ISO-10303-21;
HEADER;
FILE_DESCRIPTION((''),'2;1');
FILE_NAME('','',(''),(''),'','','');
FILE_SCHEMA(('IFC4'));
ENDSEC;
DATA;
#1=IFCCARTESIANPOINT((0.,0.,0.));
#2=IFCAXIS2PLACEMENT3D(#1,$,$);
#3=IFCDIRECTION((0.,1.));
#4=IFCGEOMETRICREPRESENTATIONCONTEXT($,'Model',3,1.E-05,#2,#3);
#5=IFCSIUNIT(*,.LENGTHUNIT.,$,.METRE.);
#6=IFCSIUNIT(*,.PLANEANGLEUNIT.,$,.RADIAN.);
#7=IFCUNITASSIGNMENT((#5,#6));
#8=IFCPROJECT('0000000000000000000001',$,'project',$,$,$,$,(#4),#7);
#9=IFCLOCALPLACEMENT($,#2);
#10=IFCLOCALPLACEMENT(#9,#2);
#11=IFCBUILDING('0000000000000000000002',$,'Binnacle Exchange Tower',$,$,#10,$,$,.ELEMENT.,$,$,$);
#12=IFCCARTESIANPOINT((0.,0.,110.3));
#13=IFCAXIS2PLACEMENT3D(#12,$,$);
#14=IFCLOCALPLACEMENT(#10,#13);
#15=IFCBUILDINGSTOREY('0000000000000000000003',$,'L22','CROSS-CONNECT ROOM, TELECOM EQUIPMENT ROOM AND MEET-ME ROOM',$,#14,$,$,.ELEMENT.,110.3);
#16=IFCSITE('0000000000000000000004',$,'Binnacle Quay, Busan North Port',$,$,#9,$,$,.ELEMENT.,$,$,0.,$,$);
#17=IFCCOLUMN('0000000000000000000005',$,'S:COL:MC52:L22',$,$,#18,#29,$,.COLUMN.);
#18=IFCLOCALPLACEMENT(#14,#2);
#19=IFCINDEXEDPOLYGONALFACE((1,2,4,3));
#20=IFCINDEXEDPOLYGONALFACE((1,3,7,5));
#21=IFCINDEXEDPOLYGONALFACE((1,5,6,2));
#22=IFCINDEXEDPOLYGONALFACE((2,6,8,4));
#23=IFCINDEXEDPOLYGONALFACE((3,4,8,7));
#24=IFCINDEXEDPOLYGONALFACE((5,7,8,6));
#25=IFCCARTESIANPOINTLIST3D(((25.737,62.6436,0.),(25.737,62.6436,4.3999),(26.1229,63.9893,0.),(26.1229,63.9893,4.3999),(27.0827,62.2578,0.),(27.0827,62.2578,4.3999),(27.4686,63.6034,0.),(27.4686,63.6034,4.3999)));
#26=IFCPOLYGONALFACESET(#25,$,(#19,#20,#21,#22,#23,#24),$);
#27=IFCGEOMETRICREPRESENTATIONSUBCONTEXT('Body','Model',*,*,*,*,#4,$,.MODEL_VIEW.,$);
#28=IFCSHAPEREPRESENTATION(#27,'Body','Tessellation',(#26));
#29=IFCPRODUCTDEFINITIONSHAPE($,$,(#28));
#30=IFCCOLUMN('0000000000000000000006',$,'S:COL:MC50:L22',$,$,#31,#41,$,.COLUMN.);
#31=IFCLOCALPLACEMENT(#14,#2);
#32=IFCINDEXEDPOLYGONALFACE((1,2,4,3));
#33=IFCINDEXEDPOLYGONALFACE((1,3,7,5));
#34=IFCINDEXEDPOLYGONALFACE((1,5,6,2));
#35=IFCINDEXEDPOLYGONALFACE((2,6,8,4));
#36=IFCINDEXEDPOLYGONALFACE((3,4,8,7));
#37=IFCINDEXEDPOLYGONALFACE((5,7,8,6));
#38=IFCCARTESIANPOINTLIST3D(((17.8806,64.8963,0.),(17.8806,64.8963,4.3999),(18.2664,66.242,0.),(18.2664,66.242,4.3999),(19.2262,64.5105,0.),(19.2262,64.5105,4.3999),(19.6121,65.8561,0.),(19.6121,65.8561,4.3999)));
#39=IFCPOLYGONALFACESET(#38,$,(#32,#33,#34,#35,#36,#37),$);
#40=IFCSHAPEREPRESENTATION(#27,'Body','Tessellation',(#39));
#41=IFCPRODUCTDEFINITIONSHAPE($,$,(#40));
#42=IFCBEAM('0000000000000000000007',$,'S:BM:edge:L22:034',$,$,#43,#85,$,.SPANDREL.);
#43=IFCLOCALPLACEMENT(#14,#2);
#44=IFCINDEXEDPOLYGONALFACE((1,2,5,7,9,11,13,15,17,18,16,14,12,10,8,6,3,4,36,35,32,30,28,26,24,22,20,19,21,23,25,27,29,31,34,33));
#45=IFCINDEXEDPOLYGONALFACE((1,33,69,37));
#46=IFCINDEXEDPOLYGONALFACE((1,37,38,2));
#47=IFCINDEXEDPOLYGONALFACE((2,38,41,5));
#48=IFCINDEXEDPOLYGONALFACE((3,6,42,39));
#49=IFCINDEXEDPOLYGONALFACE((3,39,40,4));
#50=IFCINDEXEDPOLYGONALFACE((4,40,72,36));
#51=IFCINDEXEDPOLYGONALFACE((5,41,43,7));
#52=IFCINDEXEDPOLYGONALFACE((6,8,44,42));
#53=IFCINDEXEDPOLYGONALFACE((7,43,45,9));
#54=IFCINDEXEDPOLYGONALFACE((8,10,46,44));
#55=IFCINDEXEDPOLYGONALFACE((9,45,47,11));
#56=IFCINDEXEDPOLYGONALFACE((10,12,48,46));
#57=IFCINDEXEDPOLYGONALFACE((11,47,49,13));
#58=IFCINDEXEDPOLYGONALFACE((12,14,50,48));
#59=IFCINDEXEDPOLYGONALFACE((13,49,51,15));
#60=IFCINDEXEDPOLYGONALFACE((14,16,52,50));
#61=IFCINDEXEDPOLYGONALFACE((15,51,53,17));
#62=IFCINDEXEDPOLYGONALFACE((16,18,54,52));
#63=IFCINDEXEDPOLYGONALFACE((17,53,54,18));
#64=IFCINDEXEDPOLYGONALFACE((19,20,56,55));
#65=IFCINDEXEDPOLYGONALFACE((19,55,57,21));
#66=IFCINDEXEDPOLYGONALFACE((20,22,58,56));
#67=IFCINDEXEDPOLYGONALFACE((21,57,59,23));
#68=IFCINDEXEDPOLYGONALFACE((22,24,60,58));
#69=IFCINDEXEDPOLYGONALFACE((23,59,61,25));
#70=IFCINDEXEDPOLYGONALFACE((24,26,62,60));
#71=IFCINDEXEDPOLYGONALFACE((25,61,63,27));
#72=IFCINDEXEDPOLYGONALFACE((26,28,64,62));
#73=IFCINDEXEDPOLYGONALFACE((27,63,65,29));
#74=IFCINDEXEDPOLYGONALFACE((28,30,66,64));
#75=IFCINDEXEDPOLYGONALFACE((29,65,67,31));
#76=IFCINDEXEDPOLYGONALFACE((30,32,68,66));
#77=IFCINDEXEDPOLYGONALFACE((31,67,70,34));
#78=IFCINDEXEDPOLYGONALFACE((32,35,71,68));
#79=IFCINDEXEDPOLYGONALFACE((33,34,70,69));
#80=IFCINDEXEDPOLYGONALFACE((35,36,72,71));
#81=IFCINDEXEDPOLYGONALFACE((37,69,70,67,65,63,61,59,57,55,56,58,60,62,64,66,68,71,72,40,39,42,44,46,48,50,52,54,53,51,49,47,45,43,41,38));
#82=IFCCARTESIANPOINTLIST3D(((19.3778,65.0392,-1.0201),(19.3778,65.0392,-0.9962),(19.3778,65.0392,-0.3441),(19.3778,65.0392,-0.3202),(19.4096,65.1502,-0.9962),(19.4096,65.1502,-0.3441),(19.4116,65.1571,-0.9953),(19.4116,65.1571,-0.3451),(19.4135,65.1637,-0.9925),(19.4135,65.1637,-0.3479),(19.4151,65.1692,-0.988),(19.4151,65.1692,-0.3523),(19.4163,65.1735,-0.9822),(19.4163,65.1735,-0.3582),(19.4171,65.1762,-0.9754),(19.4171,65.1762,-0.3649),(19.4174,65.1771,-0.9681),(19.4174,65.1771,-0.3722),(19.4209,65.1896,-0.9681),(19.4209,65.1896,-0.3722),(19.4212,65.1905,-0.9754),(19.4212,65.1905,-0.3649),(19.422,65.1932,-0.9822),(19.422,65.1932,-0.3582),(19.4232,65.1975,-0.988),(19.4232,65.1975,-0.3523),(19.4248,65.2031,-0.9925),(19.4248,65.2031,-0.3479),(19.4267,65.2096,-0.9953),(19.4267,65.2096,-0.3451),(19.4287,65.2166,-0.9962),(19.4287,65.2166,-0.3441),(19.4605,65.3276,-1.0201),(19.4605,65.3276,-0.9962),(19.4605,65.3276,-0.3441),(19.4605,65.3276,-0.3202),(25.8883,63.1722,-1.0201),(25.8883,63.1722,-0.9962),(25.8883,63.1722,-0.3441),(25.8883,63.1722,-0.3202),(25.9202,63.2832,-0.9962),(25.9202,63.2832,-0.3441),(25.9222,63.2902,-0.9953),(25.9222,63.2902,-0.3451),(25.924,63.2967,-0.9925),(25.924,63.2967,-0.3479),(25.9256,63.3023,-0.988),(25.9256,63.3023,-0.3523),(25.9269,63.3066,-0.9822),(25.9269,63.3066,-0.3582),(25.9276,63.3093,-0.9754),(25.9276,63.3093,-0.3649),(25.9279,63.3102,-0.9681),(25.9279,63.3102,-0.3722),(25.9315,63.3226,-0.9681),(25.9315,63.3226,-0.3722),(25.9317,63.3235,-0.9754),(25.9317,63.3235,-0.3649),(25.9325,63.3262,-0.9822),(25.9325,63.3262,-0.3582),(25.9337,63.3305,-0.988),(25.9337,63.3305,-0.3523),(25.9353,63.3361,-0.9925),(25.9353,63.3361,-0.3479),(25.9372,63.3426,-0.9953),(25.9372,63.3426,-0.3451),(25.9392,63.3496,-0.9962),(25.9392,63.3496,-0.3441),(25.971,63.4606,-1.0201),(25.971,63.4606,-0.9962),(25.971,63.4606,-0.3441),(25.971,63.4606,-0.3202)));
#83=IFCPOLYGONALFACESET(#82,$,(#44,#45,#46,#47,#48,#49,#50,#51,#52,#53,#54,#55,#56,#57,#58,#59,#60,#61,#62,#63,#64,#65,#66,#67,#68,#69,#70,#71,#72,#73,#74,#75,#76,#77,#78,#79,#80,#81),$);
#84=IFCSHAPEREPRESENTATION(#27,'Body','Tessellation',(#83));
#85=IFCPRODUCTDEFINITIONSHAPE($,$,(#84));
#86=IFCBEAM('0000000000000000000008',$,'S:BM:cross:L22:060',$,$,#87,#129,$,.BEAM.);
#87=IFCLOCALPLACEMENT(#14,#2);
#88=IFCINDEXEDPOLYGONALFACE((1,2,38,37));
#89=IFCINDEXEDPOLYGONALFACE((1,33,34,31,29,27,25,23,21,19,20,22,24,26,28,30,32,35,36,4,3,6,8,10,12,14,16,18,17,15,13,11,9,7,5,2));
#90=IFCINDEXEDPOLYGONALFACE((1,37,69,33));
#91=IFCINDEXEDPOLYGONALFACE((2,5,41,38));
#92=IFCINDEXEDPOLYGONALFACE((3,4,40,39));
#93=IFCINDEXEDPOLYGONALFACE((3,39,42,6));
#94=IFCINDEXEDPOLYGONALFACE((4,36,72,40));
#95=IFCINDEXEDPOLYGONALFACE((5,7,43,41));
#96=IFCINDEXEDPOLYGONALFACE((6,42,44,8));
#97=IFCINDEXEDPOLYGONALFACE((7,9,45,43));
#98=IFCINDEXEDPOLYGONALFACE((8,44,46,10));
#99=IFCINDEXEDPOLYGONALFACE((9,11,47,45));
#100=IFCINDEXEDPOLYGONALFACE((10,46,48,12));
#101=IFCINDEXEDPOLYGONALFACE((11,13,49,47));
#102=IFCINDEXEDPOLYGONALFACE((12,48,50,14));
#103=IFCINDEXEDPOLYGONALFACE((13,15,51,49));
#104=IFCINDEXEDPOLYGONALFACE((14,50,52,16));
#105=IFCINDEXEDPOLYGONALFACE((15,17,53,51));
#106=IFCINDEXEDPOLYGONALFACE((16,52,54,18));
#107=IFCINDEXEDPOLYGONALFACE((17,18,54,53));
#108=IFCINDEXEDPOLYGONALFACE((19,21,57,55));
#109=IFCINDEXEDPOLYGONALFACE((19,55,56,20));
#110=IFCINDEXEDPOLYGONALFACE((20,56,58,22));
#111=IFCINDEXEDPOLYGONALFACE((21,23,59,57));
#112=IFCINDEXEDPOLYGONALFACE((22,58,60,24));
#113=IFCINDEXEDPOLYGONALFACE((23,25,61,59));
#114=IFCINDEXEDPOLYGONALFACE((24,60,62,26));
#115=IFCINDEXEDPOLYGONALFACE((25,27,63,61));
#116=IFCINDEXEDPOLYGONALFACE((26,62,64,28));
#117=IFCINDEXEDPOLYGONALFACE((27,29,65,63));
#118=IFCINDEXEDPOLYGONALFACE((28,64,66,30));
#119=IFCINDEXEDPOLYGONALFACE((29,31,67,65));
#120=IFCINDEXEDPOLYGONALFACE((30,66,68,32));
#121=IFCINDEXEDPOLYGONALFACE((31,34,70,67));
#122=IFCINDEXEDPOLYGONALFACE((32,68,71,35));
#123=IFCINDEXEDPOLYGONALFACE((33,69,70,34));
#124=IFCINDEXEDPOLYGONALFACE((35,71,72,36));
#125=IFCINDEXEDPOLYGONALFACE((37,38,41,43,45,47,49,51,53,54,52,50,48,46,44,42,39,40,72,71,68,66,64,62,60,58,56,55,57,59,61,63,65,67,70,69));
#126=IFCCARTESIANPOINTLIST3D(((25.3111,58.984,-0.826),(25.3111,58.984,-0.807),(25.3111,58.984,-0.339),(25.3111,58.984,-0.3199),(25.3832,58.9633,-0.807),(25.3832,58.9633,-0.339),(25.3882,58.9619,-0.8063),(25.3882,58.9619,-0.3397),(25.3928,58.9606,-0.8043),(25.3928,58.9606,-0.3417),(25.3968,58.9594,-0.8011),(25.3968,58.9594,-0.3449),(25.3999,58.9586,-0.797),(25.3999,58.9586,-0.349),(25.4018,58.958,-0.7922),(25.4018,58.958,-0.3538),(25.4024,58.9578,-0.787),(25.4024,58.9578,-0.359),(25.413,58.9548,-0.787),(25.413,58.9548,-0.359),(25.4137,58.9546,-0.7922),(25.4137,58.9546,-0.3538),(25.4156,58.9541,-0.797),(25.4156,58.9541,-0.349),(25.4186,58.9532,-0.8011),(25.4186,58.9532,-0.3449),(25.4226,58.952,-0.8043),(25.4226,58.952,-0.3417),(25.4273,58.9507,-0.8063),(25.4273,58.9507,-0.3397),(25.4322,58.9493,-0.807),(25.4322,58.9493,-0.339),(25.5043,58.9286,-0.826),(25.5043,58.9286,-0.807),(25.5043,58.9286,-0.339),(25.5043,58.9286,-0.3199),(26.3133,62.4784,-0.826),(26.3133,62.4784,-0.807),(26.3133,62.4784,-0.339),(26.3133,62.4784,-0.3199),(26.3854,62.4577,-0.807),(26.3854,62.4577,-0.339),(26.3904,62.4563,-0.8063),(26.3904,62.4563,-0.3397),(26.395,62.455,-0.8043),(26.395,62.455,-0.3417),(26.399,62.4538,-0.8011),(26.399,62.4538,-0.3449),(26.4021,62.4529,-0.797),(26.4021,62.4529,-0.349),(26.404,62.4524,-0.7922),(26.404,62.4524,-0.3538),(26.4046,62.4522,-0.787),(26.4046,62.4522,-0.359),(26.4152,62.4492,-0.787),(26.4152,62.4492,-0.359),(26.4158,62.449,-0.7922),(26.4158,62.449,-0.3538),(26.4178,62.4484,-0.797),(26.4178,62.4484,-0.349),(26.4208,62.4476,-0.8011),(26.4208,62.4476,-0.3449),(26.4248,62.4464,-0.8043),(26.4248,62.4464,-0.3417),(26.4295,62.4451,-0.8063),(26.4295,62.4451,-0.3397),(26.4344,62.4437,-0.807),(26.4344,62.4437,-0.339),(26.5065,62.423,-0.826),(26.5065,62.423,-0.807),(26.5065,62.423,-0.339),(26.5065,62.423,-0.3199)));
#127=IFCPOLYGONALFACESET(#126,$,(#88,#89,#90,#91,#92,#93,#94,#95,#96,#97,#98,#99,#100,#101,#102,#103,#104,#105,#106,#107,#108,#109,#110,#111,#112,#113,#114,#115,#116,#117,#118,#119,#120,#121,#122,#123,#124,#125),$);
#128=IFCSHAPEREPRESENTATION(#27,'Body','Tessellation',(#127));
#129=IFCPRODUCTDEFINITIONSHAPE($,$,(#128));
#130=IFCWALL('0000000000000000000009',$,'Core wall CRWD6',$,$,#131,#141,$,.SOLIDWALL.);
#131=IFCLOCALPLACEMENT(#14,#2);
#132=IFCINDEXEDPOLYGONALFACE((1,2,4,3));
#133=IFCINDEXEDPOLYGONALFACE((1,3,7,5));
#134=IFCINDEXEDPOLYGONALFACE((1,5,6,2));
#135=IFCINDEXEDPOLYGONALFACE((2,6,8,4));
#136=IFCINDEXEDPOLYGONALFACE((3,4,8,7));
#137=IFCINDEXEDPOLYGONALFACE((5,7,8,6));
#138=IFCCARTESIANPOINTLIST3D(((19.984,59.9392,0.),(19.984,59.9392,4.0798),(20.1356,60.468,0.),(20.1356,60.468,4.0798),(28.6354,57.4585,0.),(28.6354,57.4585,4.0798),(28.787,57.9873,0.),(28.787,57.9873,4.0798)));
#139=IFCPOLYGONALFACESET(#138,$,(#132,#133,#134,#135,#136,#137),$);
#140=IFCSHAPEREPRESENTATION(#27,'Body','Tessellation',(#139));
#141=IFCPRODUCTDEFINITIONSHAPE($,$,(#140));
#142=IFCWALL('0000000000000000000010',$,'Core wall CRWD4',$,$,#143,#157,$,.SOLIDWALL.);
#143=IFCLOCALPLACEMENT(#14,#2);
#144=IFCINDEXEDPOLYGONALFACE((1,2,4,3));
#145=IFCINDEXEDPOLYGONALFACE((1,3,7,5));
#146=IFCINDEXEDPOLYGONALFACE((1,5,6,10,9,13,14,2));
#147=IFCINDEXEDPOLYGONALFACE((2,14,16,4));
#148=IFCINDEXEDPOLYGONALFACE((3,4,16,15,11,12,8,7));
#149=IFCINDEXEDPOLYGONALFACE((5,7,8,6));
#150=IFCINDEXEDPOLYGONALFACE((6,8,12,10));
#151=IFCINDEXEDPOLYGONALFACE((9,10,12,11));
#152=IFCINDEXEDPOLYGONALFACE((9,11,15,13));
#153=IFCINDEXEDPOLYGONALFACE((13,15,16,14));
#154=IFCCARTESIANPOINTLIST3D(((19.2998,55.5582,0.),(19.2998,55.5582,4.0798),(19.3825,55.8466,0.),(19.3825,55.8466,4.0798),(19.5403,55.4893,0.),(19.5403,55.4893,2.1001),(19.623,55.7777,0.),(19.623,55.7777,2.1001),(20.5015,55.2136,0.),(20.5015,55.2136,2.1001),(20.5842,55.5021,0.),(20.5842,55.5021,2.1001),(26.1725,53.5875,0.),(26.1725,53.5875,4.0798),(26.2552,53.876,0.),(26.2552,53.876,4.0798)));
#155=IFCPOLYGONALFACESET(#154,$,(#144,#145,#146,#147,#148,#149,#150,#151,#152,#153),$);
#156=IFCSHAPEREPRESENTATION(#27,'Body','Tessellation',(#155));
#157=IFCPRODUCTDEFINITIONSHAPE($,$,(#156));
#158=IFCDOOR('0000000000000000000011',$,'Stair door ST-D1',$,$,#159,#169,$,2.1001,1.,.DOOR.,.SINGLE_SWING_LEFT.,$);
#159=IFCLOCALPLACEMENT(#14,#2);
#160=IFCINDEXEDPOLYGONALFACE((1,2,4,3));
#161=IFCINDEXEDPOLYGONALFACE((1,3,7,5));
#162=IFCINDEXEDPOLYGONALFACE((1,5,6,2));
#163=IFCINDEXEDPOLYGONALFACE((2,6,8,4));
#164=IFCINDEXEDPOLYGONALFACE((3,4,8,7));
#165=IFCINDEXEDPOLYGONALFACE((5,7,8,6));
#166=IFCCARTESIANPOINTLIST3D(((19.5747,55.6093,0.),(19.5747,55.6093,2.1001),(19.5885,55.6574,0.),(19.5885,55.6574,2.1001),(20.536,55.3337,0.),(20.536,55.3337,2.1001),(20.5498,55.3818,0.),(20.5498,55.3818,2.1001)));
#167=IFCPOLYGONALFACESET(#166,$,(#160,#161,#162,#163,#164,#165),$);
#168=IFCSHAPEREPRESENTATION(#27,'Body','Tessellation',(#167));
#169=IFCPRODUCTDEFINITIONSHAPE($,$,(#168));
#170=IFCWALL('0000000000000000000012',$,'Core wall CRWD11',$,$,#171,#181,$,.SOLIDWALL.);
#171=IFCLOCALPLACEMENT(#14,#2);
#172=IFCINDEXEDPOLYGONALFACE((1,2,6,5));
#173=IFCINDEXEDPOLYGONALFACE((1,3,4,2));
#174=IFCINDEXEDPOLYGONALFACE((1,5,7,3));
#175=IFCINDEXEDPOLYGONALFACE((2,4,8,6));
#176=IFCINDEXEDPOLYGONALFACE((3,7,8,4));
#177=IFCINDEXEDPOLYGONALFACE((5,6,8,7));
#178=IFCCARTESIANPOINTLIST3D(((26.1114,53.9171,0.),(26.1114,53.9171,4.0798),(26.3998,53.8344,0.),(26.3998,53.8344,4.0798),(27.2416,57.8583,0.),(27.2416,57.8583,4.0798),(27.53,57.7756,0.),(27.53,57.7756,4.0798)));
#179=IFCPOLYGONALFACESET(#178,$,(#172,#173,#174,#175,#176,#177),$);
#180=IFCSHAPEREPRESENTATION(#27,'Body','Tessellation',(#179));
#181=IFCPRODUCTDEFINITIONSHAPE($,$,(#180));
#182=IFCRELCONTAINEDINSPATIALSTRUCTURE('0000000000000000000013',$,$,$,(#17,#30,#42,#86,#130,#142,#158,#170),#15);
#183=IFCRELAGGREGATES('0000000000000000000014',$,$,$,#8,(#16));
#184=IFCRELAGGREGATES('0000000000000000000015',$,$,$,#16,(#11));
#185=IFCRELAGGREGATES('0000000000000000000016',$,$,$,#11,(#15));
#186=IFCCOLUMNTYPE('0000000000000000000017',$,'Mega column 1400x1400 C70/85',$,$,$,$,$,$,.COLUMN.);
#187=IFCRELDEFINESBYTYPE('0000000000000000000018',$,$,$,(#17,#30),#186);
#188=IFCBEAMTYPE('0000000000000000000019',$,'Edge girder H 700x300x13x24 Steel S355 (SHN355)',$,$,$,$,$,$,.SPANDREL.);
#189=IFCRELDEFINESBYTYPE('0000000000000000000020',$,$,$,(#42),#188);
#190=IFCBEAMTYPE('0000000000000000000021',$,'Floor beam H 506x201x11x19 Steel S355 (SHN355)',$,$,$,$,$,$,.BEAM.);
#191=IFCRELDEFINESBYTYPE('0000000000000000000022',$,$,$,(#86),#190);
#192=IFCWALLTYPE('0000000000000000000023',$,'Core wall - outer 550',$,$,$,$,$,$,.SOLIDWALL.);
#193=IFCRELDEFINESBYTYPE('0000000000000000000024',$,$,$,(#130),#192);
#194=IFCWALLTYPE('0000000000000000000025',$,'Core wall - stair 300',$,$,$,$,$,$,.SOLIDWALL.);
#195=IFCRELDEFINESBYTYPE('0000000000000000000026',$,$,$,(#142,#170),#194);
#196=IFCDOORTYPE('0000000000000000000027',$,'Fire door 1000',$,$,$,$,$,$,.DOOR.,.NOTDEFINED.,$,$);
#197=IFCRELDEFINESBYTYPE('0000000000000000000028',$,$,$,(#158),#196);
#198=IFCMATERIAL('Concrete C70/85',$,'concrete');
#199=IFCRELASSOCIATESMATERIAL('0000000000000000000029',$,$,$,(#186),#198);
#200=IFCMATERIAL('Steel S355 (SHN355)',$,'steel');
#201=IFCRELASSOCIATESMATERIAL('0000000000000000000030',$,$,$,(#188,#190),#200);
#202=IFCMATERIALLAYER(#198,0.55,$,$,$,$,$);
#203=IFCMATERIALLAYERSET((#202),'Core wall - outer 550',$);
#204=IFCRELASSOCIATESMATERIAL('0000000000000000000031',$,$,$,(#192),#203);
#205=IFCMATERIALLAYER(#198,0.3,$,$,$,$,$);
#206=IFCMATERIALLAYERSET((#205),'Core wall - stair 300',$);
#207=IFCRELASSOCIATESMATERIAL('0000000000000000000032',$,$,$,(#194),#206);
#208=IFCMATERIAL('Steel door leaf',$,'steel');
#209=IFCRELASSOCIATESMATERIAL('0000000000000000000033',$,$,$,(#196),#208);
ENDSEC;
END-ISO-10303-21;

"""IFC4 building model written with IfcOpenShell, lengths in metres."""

from ifc_helpers import new_model, si_unit, direction, frame, frame_2d, origin, origin_2d, place, context, subcontext, project, spatial, rectangle, i_section, extrude, material, layer, layer_set, material_profile, profile_set, type_object, element, fill, save


model = new_model("IFC4")

# Units and contexts
model_context = context("Model", 3, precision=1e-05, world=origin(), true_north=direction((0.0, 1.0)))
body_context = subcontext(model_context, "Body", "Model", "MODEL_VIEW")
ifc_project = project(units=[si_unit("LENGTHUNIT", "METRE"), si_unit("PLANEANGLEUNIT", "RADIAN")], contexts=[model_context])

# Site, building, storey
site_placement = place(None, origin())
site = spatial("IfcSite", under=ifc_project, at=site_placement, Name="Binnacle Quay, Busan North Port", CompositionType="ELEMENT", RefElevation=0.0)
building_placement = place(site_placement, origin())
building = spatial("IfcBuilding", under=site, at=building_placement, Name="Binnacle Exchange Tower", CompositionType="ELEMENT")
storey_placement = place(building_placement, frame((0.0, 0.0, 110.3)))
storey = spatial("IfcBuildingStorey", under=building, at=storey_placement, Name="L22", Description="CROSS-CONNECT ROOM, TELECOM EQUIPMENT ROOM AND MEET-ME ROOM", CompositionType="ELEMENT", Elevation=110.3)

# Columns
ifc_material_1 = material(Name="Concrete C70/85", Category="concrete")
ifc_material_profile_1 = material_profile(ifc_material_1, rectangle(XDim=1.3999, YDim=1.3999, at=origin_2d()), Name="Mega column 1400x1400 C70/85")
ifc_profile_set_1 = profile_set([ifc_material_profile_1], Name="Concrete C70/85")
column_type = type_object("IfcColumnType", Name="Mega column 1400x1400 C70/85", PredefinedType="COLUMN", material=ifc_profile_set_1)
for number, where, z_axis, x_axis, name in (
    (1, (26.6028, 63.1235, 0.0), (0.0, 0.0, 1.0), (-0.961262, 0.275637, 0.0), "S:COL:MC52:L22"),
    (2, (18.7463, 65.3762, 0.0), (0.0, 0.0, 1.0), (-0.961262, 0.275637, 0.0), "S:COL:MC50:L22"),
):
    element("IfcColumn", number, at=place(storey_placement, frame(where, z_axis=z_axis, x_axis=x_axis)), inside=storey, type_object=column_type, Name=name, PredefinedType="COLUMN", context=body_context, shape_type="SweptSolid", body=[
        extrude(rectangle(XDim=1.3999, YDim=1.3999, at=origin_2d()), origin(), (0.0, 0.0, 1.0), 4.3999),
    ])

# Beams
ifc_material_2 = material(Name="Steel S355 (SHN355)", Category="steel")
ifc_material_profile_2 = material_profile(ifc_material_2, i_section(OverallWidth=0.3, OverallDepth=0.7, WebThickness=0.0129, FlangeThickness=0.0239, FilletRadius=0.0281, at=origin_2d()), Name="H 700x300x13x24")
ifc_profile_set_2 = profile_set([ifc_material_profile_2], Name="Steel S355 (SHN355)")
beam_type_1 = type_object("IfcBeamType", Name="Edge girder H 700x300x13x24 Steel S355 (SHN355)", PredefinedType="SPANDREL", material=ifc_profile_set_2)
beam_1_placement = place(storey_placement, frame((25.9297, 63.3164, -0.6702), z_axis=(-0.961258, 0.275649, 0.0), x_axis=(-0.275649, -0.961258, 0.0)))
element("IfcBeam", 3, at=beam_1_placement, inside=storey, type_object=beam_type_1, Name="S:BM:edge:L22:034", PredefinedType="SPANDREL", context=body_context, shape_type="SweptSolid", body=[
    extrude(i_section(OverallWidth=0.3, OverallDepth=0.7, WebThickness=0.0129, FlangeThickness=0.0239, FilletRadius=0.0281, at=origin_2d()), origin(), (0.0, 0.0, 1.0), 6.7729),
])
ifc_material_profile_3 = material_profile(ifc_material_2, i_section(OverallWidth=0.2009, OverallDepth=0.5061, WebThickness=0.011, FlangeThickness=0.019, FilletRadius=0.02, at=origin_2d()), Name="H 506x201x11x19")
ifc_profile_set_3 = profile_set([ifc_material_profile_3], Name="Steel S355 (SHN355)")
beam_type_2 = type_object("IfcBeamType", Name="Floor beam H 506x201x11x19 Steel S355 (SHN355)", PredefinedType="BEAM", material=ifc_profile_set_3)
beam_2_placement = place(storey_placement, frame((26.4099, 62.4507, -0.573), z_axis=(-0.275688, -0.961247, 0.0), x_axis=(0.961247, -0.275688, 0.0)))
element("IfcBeam", 4, at=beam_2_placement, inside=storey, type_object=beam_type_2, Name="S:BM:cross:L22:060", PredefinedType="BEAM", context=body_context, shape_type="SweptSolid", body=[
    extrude(i_section(OverallWidth=0.2009, OverallDepth=0.5061, WebThickness=0.011, FlangeThickness=0.019, FilletRadius=0.02, at=origin_2d()), origin(), (0.0, 0.0, 1.0), 3.6353),
])

# Wall
ifc_layer_1 = layer(ifc_material_1, 0.55)
ifc_layer_set_1 = layer_set([ifc_layer_1], Name="Core wall - outer 550")
wall_type_1 = type_object("IfcWallType", Name="Core wall - outer 550", PredefinedType="SOLIDWALL", material=ifc_layer_set_1)
wall_1_placement = place(storey_placement, frame((20.0598, 60.2036, 0.0), z_axis=(0.0, 0.0, 1.0), x_axis=(0.961262, -0.275635, 0.0)))
element("IfcWall", 5, at=wall_1_placement, inside=storey, type_object=wall_type_1, Name="Core wall CRWD6", PredefinedType="SOLIDWALL", context=body_context, shape_type="SweptSolid", body=[
    extrude(rectangle(XDim=9.0, YDim=0.55, at=frame_2d((4.5, 0.0))), origin(), (0.0, 0.0, 1.0), 4.0798),
])

# Wall, opening, door
ifc_layer_2 = layer(ifc_material_1, 0.3)
ifc_layer_set_2 = layer_set([ifc_layer_2], Name="Core wall - stair 300")
wall_type_2 = type_object("IfcWallType", Name="Core wall - stair 300", PredefinedType="SOLIDWALL", material=ifc_layer_set_2)
wall_2_placement = place(storey_placement, frame((19.3413, 55.7024, 0.0), z_axis=(0.0, 0.0, 1.0), x_axis=(0.961263, -0.275632, 0.0)))
wall_2 = element("IfcWall", 6, at=wall_2_placement, inside=storey, type_object=wall_type_2, Name="Core wall CRWD4", PredefinedType="SOLIDWALL", context=body_context, shape_type="SweptSolid", body=[
    extrude(rectangle(XDim=7.1497, YDim=0.3, at=frame_2d((3.5747, 0.0))), origin(), (0.0, 0.0, 1.0), 4.0798),
])
opening_placement = place(wall_2_placement, frame((0.25, 0.0, 0.0)))
opening = element("IfcOpeningElement", 7, at=opening_placement, cuts=wall_2, PredefinedType="OPENING", context=body_context, shape_type="SweptSolid", body=[
    extrude(rectangle(XDim=1.0, YDim=2.1001, at=frame_2d((0.5, 1.05))), frame((0.0, 0.1599, 0.0), z_axis=(0.0, -1.0, 0.0), x_axis=(1.0, 0.0, 0.0)), (0.0, 0.0, 1.0), 0.3201),
])
ifc_material_3 = material(Name="Steel door leaf", Category="steel")
door_type = type_object("IfcDoorType", Name="Fire door 1000", OperationType="NOTDEFINED", PredefinedType="DOOR", material=ifc_material_3)
door_placement = place(opening_placement, origin())
door = element("IfcDoor", 8, at=door_placement, inside=storey, type_object=door_type, Name="Stair door ST-D1", OperationType="SINGLE_SWING_LEFT", OverallHeight=2.1001, OverallWidth=1.0, PredefinedType="DOOR", context=body_context, shape_type="SweptSolid", body=[
    extrude(rectangle(XDim=1.0, YDim=2.1001, at=frame_2d((0.5, 1.05))), frame((0.0, 0.0249, 0.0), z_axis=(0.0, -1.0, 0.0), x_axis=(1.0, 0.0, 0.0)), (0.0, 0.0, 1.0), 0.05),
])
fill(opening, door)

# Wall
wall_3_placement = place(storey_placement, frame((26.2556, 53.8757, 0.0), z_axis=(0.0, 0.0, 1.0), x_axis=(0.275641, 0.961261, 0.0)))
element("IfcWall", 9, at=wall_3_placement, inside=storey, type_object=wall_type_2, Name="Core wall CRWD11", PredefinedType="SOLIDWALL", context=body_context, shape_type="SweptSolid", body=[
    extrude(rectangle(XDim=4.1001, YDim=0.3, at=frame_2d((2.05, 0.0))), origin(), (0.0, 0.0, 1.0), 4.0798),
])

save(model, "model.ifc")
